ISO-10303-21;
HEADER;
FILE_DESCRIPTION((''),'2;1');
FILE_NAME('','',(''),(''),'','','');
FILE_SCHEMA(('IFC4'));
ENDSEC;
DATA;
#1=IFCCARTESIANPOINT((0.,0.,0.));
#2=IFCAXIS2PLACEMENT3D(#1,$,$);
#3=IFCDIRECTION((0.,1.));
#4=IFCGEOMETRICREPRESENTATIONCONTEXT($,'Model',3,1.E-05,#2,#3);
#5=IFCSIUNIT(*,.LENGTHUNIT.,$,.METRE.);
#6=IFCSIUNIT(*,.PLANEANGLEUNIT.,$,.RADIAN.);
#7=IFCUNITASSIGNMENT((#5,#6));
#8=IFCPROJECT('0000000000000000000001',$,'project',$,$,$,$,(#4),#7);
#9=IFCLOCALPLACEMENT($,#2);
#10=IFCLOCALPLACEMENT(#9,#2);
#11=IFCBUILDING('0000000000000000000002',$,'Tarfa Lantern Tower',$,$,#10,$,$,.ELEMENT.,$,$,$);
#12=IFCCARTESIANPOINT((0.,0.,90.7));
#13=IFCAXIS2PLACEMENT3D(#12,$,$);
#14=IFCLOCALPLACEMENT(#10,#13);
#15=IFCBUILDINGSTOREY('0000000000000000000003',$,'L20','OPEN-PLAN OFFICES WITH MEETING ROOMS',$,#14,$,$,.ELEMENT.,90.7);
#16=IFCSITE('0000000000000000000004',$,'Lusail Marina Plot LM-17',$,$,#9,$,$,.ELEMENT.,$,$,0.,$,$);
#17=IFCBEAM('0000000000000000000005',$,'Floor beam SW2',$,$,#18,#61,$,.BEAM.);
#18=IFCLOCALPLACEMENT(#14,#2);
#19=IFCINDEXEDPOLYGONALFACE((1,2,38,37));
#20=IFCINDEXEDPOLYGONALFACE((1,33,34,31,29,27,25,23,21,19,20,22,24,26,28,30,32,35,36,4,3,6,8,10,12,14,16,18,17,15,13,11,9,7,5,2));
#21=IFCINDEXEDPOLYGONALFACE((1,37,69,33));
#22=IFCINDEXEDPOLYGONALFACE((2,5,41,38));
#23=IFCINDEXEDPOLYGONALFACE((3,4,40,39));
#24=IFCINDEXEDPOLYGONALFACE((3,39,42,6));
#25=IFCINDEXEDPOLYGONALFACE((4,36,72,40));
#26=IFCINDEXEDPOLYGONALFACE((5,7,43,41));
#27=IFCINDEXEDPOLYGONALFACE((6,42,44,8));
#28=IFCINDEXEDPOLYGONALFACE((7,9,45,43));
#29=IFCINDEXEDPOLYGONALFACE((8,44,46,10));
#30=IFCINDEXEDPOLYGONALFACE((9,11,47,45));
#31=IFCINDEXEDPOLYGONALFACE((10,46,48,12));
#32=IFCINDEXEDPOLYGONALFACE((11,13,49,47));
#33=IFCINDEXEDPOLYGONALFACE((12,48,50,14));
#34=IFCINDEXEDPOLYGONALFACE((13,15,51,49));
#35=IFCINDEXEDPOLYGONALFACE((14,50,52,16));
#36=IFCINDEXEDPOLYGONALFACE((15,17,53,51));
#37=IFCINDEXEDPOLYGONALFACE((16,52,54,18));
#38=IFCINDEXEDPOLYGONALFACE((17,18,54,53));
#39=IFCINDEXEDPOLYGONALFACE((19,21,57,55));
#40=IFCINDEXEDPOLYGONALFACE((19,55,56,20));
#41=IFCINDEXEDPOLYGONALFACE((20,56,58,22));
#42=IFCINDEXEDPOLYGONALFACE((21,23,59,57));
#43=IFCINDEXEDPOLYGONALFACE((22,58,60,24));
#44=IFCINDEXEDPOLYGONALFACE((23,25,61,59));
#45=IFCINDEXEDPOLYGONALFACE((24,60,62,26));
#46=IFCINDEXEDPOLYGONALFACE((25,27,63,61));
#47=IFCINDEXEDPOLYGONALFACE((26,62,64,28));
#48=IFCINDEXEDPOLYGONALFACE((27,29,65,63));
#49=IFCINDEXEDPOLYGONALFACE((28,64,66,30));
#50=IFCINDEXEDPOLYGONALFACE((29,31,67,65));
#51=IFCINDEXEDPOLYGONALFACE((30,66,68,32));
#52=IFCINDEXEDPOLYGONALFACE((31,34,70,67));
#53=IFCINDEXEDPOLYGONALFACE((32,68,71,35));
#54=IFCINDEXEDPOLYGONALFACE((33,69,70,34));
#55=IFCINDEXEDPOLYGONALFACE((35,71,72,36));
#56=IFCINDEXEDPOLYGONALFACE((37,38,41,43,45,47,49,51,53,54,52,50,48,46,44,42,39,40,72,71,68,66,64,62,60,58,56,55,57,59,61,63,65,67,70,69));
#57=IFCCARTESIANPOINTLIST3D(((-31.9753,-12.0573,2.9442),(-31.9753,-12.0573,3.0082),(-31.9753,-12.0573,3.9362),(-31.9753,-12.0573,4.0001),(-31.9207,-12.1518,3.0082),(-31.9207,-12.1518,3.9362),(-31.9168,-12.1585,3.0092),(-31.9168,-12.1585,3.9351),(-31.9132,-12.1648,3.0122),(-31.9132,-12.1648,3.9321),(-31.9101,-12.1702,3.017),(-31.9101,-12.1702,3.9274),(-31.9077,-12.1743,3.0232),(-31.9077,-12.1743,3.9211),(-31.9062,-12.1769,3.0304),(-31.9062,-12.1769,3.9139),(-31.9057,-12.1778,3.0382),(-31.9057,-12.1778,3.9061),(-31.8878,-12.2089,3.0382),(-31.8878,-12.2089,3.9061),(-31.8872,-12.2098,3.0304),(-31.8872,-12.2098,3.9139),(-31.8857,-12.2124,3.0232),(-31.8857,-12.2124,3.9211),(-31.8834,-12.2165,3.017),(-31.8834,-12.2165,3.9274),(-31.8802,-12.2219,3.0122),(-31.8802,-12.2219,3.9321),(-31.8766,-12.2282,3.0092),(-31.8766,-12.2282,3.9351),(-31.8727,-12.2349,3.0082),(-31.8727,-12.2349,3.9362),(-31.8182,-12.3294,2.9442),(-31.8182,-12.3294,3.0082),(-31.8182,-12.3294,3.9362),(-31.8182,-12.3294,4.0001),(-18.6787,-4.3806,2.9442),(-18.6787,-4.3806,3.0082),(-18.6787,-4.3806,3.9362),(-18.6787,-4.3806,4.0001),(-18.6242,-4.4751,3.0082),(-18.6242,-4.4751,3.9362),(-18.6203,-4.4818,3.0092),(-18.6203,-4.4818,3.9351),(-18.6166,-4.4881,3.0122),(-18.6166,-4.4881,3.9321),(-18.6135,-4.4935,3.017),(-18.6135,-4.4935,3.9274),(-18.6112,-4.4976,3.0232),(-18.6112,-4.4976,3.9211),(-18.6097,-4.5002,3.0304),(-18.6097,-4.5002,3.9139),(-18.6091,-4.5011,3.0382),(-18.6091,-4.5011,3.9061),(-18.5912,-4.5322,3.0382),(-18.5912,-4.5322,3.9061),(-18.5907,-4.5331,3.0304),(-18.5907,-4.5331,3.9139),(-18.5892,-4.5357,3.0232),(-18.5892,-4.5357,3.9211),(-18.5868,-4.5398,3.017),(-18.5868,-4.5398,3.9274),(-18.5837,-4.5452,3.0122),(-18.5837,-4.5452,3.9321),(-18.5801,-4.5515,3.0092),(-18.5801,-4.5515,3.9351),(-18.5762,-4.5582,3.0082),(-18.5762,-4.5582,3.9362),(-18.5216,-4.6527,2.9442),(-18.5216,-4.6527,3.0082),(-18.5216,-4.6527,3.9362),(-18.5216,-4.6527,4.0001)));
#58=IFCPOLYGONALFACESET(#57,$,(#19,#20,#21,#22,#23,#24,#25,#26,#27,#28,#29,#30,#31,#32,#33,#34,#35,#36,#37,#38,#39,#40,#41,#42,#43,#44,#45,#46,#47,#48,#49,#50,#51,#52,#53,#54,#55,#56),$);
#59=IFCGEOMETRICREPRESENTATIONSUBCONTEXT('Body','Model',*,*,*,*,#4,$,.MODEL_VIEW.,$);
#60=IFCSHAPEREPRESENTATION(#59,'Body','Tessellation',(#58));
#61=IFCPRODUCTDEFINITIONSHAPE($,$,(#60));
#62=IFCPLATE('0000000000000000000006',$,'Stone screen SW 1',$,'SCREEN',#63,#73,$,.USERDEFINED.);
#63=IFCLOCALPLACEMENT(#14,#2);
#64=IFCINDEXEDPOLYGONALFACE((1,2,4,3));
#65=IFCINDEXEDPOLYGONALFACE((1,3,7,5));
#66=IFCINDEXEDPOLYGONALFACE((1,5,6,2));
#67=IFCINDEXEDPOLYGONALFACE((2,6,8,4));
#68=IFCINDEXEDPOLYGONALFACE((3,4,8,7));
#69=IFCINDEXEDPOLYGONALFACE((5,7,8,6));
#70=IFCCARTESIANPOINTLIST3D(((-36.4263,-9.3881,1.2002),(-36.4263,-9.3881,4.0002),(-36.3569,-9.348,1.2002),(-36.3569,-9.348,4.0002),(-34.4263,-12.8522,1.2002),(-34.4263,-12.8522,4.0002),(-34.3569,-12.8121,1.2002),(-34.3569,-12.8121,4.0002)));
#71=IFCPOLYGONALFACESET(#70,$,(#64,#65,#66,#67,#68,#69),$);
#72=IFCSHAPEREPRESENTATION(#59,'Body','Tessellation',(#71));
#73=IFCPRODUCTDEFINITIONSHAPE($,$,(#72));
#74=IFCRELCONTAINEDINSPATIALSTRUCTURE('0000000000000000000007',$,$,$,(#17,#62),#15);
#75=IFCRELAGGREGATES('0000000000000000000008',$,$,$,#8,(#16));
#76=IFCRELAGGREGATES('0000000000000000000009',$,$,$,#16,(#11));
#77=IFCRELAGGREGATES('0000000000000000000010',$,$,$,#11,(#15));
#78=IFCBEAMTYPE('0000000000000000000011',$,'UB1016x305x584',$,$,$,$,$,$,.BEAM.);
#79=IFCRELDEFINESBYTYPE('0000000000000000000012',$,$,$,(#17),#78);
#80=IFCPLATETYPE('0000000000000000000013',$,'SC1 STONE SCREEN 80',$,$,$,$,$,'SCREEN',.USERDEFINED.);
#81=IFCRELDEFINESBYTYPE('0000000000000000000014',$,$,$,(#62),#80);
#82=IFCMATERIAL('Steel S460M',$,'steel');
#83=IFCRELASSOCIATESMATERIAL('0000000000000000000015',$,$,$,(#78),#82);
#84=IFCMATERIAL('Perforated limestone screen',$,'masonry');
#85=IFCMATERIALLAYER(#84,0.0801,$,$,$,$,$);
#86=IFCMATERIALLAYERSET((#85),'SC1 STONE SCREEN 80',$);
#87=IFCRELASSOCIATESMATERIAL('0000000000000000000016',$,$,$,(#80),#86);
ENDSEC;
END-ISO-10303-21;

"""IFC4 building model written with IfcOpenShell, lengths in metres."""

from ifc_helpers import new_model, si_unit, direction, frame, origin, origin_2d, place, context, subcontext, project, spatial, rectangle, i_section, extrude, material, layer, layer_set, material_profile, profile_set, type_object, element, save


model = new_model("IFC4")

# Units and contexts
model_context = context("Model", 3, precision=1e-05, world=origin(), true_north=direction((0.0, 1.0)))
body_context = subcontext(model_context, "Body", "Model", "MODEL_VIEW")
ifc_project = project(units=[si_unit("LENGTHUNIT", "METRE"), si_unit("PLANEANGLEUNIT", "RADIAN")], contexts=[model_context])

# Site, building, storey
site_placement = place(None, origin())
site = spatial("IfcSite", under=ifc_project, at=site_placement, Name="Lusail Marina Plot LM-17", CompositionType="ELEMENT", RefElevation=0.0)
building_placement = place(site_placement, origin())
building = spatial("IfcBuilding", under=site, at=building_placement, Name="Tarfa Lantern Tower", CompositionType="ELEMENT")
storey_placement = place(building_placement, frame((0.0, 0.0, 90.7)))
storey = spatial("IfcBuildingStorey", under=building, at=storey_placement, Name="L20", Description="OPEN-PLAN OFFICES WITH MEETING ROOMS", CompositionType="ELEMENT", Elevation=90.7)

# Beam
ifc_material_1 = material(Name="Steel S460M", Category="steel")
ifc_material_profile_1 = material_profile(ifc_material_1, i_section(OverallWidth=0.3142, OverallDepth=1.0559, WebThickness=0.0359, FlangeThickness=0.064, FilletRadius=0.03, at=origin_2d()), Name="UB1016x305x584")
ifc_profile_set_1 = profile_set([ifc_material_profile_1], Name="Steel S460M")
beam_type_1 = type_object("IfcBeamType", Name="UB1016x305x584", PredefinedType="BEAM", material=ifc_profile_set_1)
beam_1_placement = place(storey_placement, frame((-31.8967, -12.1934, 3.4722), z_axis=(0.866027, 0.499997, 0.0), x_axis=(-0.499997, 0.866027, 0.0)))
element("IfcBeam", 1, at=beam_1_placement, inside=storey, type_object=beam_type_1, Name="Floor beam SW2", PredefinedType="BEAM", context=body_context, shape_type="SweptSolid", body=[
    extrude(i_section(OverallWidth=0.3142, OverallDepth=1.0559, WebThickness=0.0359, FlangeThickness=0.064, FilletRadius=0.03, at=origin_2d()), origin(), (0.0, 0.0, 1.0), 15.3535),
])

# Plate
ifc_material_2 = material(Name="Perforated limestone screen", Category="masonry")
ifc_layer_1 = layer(ifc_material_2, 0.0801)
ifc_layer_set_1 = layer_set([ifc_layer_1], Name="SC1 STONE SCREEN 80")
plate_type = type_object("IfcPlateType", Name="SC1 STONE SCREEN 80", ElementType="SCREEN", PredefinedType="USERDEFINED", material=ifc_layer_set_1)
plate_placement = place(storey_placement, frame((-35.3916, -11.1001, 1.2002), z_axis=(0.0, 0.0, 1.0), x_axis=(0.5, -0.866025, 0.0)))
element("IfcPlate", 2, at=plate_placement, inside=storey, type_object=plate_type, Name="Stone screen SW 1", ObjectType="SCREEN", PredefinedType="USERDEFINED", context=body_context, shape_type="SweptSolid", body=[
    extrude(rectangle(XDim=4.0, YDim=0.0801, at=origin_2d()), origin(), (0.0, 0.0, 1.0), 2.8),
])

save(model, "model.ifc")
